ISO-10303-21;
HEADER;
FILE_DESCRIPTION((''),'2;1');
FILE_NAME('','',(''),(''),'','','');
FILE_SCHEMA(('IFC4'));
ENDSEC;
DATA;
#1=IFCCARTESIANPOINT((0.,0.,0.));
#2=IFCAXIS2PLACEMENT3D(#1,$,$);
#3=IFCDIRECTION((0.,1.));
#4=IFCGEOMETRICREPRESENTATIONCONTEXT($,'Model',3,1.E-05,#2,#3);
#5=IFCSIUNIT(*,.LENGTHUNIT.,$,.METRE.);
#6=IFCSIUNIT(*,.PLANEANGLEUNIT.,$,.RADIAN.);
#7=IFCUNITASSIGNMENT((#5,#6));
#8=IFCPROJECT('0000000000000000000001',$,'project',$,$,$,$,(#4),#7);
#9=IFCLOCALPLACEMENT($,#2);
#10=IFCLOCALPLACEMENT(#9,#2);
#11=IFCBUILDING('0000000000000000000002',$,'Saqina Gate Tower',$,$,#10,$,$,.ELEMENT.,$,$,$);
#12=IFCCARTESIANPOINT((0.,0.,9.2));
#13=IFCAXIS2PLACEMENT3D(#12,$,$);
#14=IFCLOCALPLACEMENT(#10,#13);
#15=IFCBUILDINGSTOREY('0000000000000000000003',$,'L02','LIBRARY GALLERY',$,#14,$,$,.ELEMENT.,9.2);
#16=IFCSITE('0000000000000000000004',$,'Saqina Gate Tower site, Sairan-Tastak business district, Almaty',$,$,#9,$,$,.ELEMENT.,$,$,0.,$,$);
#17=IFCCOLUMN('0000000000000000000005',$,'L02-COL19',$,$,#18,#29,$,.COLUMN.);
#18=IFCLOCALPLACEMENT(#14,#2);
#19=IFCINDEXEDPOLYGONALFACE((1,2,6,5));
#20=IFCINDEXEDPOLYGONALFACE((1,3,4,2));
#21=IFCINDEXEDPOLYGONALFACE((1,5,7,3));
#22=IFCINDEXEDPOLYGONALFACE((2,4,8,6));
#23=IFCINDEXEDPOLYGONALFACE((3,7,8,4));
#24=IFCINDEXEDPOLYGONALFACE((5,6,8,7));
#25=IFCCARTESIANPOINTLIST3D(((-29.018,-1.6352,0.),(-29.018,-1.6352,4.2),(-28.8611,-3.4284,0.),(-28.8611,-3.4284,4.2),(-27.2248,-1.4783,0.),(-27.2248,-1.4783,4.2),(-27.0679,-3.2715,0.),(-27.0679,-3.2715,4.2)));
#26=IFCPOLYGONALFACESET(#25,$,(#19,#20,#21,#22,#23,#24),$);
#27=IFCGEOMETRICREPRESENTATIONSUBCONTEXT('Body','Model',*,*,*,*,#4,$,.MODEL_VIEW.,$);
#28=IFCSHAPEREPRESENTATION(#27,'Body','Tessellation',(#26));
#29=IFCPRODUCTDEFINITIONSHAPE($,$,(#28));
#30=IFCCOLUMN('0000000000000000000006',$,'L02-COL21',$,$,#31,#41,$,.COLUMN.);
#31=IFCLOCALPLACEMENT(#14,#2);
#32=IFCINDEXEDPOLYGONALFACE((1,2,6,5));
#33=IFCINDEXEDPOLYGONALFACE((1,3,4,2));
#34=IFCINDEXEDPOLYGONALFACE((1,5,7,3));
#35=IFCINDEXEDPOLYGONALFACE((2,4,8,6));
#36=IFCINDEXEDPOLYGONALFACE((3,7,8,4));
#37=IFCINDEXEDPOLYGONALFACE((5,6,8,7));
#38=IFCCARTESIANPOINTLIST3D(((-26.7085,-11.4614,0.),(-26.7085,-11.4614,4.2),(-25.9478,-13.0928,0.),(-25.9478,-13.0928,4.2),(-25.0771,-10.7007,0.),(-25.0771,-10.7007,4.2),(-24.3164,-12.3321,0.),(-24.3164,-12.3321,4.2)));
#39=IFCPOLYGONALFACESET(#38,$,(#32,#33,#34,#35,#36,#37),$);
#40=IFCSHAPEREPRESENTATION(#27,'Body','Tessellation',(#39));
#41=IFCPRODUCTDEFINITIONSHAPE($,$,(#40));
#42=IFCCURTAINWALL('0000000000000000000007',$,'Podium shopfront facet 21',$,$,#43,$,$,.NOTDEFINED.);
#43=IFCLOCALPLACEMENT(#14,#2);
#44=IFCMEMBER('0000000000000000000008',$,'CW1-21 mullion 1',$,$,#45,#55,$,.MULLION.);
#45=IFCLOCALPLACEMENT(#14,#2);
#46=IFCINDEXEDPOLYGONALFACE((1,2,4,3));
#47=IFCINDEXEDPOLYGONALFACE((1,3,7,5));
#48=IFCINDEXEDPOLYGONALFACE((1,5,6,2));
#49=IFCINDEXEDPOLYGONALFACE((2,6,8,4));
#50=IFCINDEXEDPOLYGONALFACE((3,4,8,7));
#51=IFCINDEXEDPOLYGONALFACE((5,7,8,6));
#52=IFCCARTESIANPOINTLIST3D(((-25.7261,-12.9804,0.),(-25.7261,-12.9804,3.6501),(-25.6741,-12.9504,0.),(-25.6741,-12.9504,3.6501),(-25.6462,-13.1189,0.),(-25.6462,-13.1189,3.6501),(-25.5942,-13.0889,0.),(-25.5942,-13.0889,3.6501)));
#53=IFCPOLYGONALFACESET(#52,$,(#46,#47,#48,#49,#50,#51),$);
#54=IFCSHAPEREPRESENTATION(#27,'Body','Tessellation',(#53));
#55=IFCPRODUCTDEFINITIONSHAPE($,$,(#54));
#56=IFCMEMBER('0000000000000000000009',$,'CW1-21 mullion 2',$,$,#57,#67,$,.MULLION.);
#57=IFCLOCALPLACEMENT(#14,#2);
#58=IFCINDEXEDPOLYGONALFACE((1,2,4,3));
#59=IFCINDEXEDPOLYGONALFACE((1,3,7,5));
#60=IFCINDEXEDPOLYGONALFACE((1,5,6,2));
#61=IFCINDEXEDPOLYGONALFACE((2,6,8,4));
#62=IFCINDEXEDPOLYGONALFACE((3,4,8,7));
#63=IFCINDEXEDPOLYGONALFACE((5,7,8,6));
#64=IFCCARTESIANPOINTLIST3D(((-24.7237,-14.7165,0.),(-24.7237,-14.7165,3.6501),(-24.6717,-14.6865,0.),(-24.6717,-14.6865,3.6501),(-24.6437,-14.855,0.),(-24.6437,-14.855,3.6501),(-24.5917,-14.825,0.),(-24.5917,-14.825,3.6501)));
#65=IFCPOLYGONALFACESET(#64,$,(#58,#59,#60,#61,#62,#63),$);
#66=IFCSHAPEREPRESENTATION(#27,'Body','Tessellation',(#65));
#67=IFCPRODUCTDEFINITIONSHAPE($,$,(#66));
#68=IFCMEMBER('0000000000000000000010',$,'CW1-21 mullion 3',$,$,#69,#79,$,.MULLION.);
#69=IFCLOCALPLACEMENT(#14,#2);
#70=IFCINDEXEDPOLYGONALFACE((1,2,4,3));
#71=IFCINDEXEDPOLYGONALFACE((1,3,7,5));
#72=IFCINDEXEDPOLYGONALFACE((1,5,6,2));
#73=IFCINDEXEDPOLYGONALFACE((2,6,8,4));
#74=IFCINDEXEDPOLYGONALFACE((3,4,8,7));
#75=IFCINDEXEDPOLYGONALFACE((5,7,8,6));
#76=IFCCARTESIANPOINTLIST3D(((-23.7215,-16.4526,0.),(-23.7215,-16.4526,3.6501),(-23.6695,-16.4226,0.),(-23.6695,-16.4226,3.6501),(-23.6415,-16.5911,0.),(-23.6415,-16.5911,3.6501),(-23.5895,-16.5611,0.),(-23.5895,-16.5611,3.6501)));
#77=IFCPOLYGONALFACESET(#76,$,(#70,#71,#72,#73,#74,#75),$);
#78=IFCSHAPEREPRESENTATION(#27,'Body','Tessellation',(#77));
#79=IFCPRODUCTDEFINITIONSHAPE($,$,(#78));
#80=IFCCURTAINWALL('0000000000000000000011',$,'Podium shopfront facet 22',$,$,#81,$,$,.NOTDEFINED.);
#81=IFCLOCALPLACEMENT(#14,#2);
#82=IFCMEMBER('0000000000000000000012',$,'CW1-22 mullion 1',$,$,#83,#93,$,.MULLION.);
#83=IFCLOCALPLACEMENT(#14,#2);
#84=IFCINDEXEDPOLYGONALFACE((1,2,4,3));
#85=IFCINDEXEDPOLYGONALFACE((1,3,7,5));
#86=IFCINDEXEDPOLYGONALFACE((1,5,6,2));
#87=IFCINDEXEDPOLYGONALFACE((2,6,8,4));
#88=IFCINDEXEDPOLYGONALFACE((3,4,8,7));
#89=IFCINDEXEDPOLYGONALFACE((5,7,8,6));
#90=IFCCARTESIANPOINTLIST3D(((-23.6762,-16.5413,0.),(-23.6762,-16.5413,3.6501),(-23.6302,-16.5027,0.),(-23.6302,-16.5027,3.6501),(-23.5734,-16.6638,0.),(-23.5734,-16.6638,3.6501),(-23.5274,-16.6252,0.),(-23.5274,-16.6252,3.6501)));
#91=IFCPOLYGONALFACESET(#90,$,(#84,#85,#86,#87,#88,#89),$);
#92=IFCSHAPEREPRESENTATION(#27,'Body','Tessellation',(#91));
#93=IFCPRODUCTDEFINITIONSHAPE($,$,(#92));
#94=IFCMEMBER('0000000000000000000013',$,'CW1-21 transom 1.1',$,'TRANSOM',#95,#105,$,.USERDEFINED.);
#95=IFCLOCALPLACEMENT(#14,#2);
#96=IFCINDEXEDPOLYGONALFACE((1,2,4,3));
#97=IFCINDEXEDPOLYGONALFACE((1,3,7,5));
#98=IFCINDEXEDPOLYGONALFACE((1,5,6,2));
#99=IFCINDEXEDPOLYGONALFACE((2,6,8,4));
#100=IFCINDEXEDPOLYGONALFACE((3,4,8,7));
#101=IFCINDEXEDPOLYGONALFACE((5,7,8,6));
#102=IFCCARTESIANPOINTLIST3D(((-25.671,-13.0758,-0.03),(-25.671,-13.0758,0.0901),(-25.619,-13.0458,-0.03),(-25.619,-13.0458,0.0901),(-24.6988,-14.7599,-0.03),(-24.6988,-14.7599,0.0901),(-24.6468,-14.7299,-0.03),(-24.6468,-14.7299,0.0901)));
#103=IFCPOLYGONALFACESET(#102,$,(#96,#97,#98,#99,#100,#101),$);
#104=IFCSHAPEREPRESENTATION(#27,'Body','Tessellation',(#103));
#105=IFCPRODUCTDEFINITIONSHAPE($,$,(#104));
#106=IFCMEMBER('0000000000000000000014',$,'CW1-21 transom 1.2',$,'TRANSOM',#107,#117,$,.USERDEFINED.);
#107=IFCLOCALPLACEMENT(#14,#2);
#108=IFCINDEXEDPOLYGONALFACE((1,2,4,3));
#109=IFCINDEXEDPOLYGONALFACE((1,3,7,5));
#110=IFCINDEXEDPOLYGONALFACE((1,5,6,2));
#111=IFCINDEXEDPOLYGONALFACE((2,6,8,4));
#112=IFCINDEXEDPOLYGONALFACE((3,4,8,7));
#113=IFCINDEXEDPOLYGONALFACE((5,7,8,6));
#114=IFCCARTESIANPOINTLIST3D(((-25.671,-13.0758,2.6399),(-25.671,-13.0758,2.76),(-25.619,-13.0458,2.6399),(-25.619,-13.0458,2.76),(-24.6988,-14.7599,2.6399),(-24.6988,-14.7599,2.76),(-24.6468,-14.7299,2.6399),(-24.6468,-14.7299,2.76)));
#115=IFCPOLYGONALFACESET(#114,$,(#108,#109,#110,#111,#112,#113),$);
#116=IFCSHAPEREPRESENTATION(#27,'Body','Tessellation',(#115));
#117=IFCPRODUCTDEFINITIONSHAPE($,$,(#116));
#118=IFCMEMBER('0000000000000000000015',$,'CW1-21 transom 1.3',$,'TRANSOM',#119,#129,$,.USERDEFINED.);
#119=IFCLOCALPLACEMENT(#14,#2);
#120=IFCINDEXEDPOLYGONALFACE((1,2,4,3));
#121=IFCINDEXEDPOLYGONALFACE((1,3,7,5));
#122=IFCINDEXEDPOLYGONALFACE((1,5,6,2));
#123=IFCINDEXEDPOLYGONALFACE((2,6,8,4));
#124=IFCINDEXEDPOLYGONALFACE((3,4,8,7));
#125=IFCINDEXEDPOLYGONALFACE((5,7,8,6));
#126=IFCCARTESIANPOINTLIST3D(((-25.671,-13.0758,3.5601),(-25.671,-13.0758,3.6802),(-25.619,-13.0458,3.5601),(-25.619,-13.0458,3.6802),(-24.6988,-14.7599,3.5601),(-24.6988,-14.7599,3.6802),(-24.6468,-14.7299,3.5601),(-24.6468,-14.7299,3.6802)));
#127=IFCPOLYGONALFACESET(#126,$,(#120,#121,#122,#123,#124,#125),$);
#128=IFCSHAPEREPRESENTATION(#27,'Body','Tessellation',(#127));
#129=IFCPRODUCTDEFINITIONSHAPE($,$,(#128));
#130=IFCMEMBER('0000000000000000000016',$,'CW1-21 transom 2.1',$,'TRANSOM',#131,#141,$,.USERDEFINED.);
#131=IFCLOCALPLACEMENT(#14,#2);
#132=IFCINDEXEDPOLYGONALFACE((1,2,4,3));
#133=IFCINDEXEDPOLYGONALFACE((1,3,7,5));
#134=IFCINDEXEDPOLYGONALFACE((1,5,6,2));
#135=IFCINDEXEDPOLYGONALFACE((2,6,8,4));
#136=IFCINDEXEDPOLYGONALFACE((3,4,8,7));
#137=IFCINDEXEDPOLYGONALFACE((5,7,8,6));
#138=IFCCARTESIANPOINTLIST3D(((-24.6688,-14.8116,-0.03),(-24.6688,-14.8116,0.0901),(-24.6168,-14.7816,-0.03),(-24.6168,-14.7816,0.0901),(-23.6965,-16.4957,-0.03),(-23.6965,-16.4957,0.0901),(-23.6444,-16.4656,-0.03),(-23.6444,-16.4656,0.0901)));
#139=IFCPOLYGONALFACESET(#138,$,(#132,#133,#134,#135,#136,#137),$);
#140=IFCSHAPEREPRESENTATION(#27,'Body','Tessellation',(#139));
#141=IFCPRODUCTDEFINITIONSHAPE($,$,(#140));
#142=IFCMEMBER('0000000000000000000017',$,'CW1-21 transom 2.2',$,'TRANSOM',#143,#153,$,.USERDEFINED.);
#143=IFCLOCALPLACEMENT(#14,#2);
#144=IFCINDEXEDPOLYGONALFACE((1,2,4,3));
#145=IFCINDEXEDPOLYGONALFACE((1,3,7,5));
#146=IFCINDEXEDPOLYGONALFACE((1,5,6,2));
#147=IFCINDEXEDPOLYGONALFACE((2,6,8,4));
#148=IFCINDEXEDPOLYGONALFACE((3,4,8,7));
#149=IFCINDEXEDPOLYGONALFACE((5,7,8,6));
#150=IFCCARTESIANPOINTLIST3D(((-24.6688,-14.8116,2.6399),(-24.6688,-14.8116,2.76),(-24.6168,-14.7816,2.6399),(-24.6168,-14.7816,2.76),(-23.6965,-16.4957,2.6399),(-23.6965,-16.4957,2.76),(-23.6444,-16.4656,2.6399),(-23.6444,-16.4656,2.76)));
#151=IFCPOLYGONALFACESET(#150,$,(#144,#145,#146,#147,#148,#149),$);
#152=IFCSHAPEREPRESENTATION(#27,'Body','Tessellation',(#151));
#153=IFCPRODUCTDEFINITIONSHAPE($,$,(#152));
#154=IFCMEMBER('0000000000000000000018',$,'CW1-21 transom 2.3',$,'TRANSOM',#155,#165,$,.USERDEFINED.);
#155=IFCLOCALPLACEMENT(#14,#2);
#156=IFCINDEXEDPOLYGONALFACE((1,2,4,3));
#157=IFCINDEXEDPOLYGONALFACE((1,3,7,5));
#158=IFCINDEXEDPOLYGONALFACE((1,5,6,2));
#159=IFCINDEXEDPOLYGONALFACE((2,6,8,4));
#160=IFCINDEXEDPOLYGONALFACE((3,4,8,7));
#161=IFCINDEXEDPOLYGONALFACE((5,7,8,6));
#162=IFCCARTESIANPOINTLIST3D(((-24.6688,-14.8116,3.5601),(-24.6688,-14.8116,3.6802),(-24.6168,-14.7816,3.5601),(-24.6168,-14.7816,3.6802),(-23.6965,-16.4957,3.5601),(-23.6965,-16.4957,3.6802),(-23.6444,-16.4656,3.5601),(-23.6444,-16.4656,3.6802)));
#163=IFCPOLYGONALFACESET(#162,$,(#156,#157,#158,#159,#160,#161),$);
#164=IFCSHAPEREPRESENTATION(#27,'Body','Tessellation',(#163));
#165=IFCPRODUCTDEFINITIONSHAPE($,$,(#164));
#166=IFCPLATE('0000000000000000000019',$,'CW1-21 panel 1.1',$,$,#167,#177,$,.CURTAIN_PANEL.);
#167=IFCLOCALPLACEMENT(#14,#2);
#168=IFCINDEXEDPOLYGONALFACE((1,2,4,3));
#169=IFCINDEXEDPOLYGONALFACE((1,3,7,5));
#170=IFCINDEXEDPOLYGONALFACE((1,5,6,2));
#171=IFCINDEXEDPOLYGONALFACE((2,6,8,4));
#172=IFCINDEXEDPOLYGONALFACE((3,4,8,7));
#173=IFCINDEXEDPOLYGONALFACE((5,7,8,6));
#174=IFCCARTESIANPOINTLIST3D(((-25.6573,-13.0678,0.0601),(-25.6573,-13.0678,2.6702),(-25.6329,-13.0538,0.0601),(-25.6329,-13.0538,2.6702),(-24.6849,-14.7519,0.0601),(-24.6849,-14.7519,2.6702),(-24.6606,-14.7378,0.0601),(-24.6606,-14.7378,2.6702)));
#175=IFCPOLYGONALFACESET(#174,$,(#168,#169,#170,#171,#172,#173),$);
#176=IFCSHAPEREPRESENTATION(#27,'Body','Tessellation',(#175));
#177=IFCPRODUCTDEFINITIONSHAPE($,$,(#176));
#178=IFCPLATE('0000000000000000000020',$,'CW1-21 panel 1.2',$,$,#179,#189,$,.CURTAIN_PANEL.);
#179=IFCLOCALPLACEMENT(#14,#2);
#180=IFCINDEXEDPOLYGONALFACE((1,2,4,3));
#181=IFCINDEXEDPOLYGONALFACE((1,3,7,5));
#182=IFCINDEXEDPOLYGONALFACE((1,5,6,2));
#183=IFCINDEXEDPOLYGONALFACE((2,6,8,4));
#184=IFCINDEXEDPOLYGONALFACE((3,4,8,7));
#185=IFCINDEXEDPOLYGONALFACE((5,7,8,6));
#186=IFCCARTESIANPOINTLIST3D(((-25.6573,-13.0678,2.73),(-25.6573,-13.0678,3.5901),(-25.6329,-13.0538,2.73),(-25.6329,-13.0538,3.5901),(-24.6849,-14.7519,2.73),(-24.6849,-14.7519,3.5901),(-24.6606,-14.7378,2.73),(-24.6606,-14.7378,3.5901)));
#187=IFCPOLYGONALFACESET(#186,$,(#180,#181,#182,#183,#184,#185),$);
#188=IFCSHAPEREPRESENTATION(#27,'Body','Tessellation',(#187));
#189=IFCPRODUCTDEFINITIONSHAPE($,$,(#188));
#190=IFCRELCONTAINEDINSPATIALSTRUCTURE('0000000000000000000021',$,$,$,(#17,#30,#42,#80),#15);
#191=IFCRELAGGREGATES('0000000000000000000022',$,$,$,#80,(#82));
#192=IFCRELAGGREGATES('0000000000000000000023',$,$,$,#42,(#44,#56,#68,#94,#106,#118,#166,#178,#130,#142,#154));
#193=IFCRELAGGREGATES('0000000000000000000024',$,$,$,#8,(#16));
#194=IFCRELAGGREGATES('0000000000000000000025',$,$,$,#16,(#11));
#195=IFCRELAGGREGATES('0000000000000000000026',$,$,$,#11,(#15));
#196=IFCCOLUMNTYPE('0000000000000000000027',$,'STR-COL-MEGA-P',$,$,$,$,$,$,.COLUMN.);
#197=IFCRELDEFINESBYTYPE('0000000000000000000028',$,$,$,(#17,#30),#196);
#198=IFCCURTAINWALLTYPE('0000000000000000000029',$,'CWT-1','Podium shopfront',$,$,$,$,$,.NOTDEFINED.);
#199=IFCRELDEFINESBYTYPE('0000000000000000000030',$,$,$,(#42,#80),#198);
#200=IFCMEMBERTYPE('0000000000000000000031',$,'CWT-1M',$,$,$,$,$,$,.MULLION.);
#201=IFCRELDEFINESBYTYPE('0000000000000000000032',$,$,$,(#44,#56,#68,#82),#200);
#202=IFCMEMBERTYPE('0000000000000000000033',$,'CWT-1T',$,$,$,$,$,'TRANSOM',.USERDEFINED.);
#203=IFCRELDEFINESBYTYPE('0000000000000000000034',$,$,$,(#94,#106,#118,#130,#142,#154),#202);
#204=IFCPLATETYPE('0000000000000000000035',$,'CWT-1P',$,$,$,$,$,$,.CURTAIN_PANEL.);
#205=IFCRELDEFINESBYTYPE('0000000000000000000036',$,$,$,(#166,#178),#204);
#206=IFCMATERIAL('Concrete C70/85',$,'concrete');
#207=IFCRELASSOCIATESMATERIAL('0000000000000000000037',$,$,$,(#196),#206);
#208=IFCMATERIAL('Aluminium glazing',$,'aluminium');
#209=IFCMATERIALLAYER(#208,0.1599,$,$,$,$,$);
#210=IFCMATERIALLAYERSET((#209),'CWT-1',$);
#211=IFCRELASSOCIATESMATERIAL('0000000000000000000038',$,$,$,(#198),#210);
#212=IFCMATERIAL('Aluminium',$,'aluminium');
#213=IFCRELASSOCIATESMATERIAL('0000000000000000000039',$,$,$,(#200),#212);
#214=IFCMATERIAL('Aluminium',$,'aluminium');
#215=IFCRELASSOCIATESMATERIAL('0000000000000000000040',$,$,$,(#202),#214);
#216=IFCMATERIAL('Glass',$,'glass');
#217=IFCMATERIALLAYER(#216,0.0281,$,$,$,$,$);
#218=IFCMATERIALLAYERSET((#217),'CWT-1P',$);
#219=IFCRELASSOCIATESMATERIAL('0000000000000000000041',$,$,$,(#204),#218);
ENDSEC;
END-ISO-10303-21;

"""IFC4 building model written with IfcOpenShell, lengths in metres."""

from ifc_helpers import new_model, si_unit, direction, frame, origin, origin_2d, place, context, subcontext, project, spatial, rectangle, extrude, material, layer, layer_set, material_profile, profile_set, type_object, element, aggregate, save


model = new_model("IFC4")

# Units and contexts
model_context = context("Model", 3, precision=1e-05, world=origin(), true_north=direction((0.0, 1.0)))
body_context = subcontext(model_context, "Body", "Model", "MODEL_VIEW")
ifc_project = project(units=[si_unit("LENGTHUNIT", "METRE"), si_unit("PLANEANGLEUNIT", "RADIAN")], contexts=[model_context])

# Site, building, storey
site_placement = place(None, origin())
site = spatial("IfcSite", under=ifc_project, at=site_placement, Name="Saqina Gate Tower site, Sairan-Tastak business district, Almaty", CompositionType="ELEMENT", RefElevation=0.0)
building_placement = place(site_placement, origin())
building = spatial("IfcBuilding", under=site, at=building_placement, Name="Saqina Gate Tower", CompositionType="ELEMENT")
storey_placement = place(building_placement, frame((0.0, 0.0, 9.2)))
storey = spatial("IfcBuildingStorey", under=building, at=storey_placement, Name="L02", Description="LIBRARY GALLERY", CompositionType="ELEMENT", Elevation=9.2)

# Columns
ifc_material_1 = material(Name="Concrete C70/85", Category="concrete")
ifc_material_profile_1 = material_profile(ifc_material_1, rectangle(XDim=1.8, YDim=1.8, at=origin_2d()), Name="RC 1800x1800")
ifc_profile_set_1 = profile_set([ifc_material_profile_1], Name="Concrete C70/85")
column_type = type_object("IfcColumnType", Name="STR-COL-MEGA-P", PredefinedType="COLUMN", material=ifc_profile_set_1)
for number, where, z_axis, x_axis, name in (
    (1, (-28.043, -2.4534, 0.0), (0.0, 0.0, 1.0), (-0.996195, -0.087156, 0.0), "L02-COL19"),
    (2, (-25.5125, -11.8967, 0.0), (0.0, 0.0, 1.0), (-0.906308, -0.422618, 0.0), "L02-COL21"),
):
    element("IfcColumn", number, at=place(storey_placement, frame(where, z_axis=z_axis, x_axis=x_axis)), inside=storey, type_object=column_type, Name=name, PredefinedType="COLUMN", context=body_context, shape_type="SweptSolid", body=[
        extrude(rectangle(XDim=1.8, YDim=1.8, at=origin_2d()), origin(), (0.0, 0.0, 1.0), 4.2),
    ])

# Curtain wall, members
ifc_material_2 = material(Name="Aluminium glazing", Category="aluminium")
ifc_layer_1 = layer(ifc_material_2, 0.1599)
ifc_layer_set_1 = layer_set([ifc_layer_1], Name="CWT-1")
curtain_wall_type = type_object("IfcCurtainWallType", Name="CWT-1", Description="Podium shopfront", PredefinedType="NOTDEFINED", material=ifc_layer_set_1)
curtain_wall_1_placement = place(storey_placement, origin())
curtain_wall_1 = element("IfcCurtainWall", 3, at=curtain_wall_1_placement, inside=storey, type_object=curtain_wall_type, Name="Podium shopfront facet 21", PredefinedType="NOTDEFINED")
ifc_material_3 = material(Name="Aluminium", Category="aluminium")
ifc_material_profile_2 = material_profile(ifc_material_3, rectangle(XDim=0.0601, YDim=0.1599, at=origin_2d()), Name="Aluminium 60x160")
ifc_profile_set_2 = profile_set([ifc_material_profile_2], Name="Aluminium")
member_type_1 = type_object("IfcMemberType", Name="CWT-1M", PredefinedType="MULLION", material=ifc_profile_set_2)
member_1_placement = place(storey_placement, frame((-25.6602, -13.0347, 0.0), z_axis=(0.0, 0.0, 1.0), x_axis=(0.866017, 0.500014, 0.0)))
member_1 = element("IfcMember", 4, at=member_1_placement, type_object=member_type_1, Name="CW1-21 mullion 1", PredefinedType="MULLION", context=body_context, shape_type="SweptSolid", body=[
    extrude(rectangle(XDim=0.0601, YDim=0.1599, at=origin_2d()), origin(), (0.0, 0.0, 1.0), 3.6501),
])
member_2_placement = place(storey_placement, frame((-24.6577, -14.7708, 0.0), z_axis=(0.0, 0.0, 1.0), x_axis=(0.866017, 0.500014, 0.0)))
member_2 = element("IfcMember", 5, at=member_2_placement, type_object=member_type_1, Name="CW1-21 mullion 2", PredefinedType="MULLION", context=body_context, shape_type="SweptSolid", body=[
    extrude(rectangle(XDim=0.0601, YDim=0.1599, at=origin_2d()), origin(), (0.0, 0.0, 1.0), 3.6501),
])
member_3_placement = place(storey_placement, frame((-23.6555, -16.5068, 0.0), z_axis=(0.0, 0.0, 1.0), x_axis=(0.866017, 0.500014, 0.0)))
member_3 = element("IfcMember", 6, at=member_3_placement, type_object=member_type_1, Name="CW1-21 mullion 3", PredefinedType="MULLION", context=body_context, shape_type="SweptSolid", body=[
    extrude(rectangle(XDim=0.0601, YDim=0.1599, at=origin_2d()), origin(), (0.0, 0.0, 1.0), 3.6501),
])

# Curtain wall, member
curtain_wall_2_placement = place(storey_placement, origin())
curtain_wall_2 = element("IfcCurtainWall", 7, at=curtain_wall_2_placement, inside=storey, type_object=curtain_wall_type, Name="Podium shopfront facet 22", PredefinedType="NOTDEFINED")
member_4_placement = place(storey_placement, frame((-23.6018, -16.5833, 0.0), z_axis=(0.0, 0.0, 1.0), x_axis=(0.766051, 0.642779, 0.0)))
member_4 = element("IfcMember", 8, at=member_4_placement, type_object=member_type_1, Name="CW1-22 mullion 1", PredefinedType="MULLION", context=body_context, shape_type="SweptSolid", body=[
    extrude(rectangle(XDim=0.0601, YDim=0.1599, at=origin_2d()), origin(), (0.0, 0.0, 1.0), 3.6501),
])
aggregate(curtain_wall_2, [member_4])

# Members
ifc_material_4 = material(Name="Aluminium", Category="aluminium")
ifc_material_profile_3 = material_profile(ifc_material_4, rectangle(XDim=0.0601, YDim=0.1201, at=origin_2d()), Name="Aluminium 60x120")
ifc_profile_set_3 = profile_set([ifc_material_profile_3], Name="Aluminium")
member_type_2 = type_object("IfcMemberType", Name="CWT-1T", ElementType="TRANSOM", PredefinedType="USERDEFINED", material=ifc_profile_set_3)
member_5_placement = place(storey_placement, frame((-25.645, -13.0608, 0.03), z_axis=(0.499947, -0.866056, 0.0), x_axis=(0.866056, 0.499947, 0.0)))
member_5 = element("IfcMember", 9, at=member_5_placement, type_object=member_type_2, Name="CW1-21 transom 1.1", ObjectType="TRANSOM", PredefinedType="USERDEFINED", context=body_context, shape_type="SweptSolid", body=[
    extrude(rectangle(XDim=0.0601, YDim=0.1201, at=origin_2d()), origin(), (0.0, 0.0, 1.0), 1.9446),
])
member_6_placement = place(storey_placement, frame((-25.645, -13.0608, 2.7), z_axis=(0.499947, -0.866056, 0.0), x_axis=(0.866056, 0.499947, 0.0)))
member_6 = element("IfcMember", 10, at=member_6_placement, type_object=member_type_2, Name="CW1-21 transom 1.2", ObjectType="TRANSOM", PredefinedType="USERDEFINED", context=body_context, shape_type="SweptSolid", body=[
    extrude(rectangle(XDim=0.0601, YDim=0.1201, at=origin_2d()), origin(), (0.0, 0.0, 1.0), 1.9446),
])
member_7_placement = place(storey_placement, frame((-25.645, -13.0608, 3.6201), z_axis=(0.499947, -0.866056, 0.0), x_axis=(0.866056, 0.499947, 0.0)))
member_7 = element("IfcMember", 11, at=member_7_placement, type_object=member_type_2, Name="CW1-21 transom 1.3", ObjectType="TRANSOM", PredefinedType="USERDEFINED", context=body_context, shape_type="SweptSolid", body=[
    extrude(rectangle(XDim=0.0601, YDim=0.1201, at=origin_2d()), origin(), (0.0, 0.0, 1.0), 1.9446),
])
member_8_placement = place(storey_placement, frame((-24.6428, -14.7966, 0.03), z_axis=(0.500041, -0.866002, 0.0), x_axis=(0.866002, 0.500041, 0.0)))
member_8 = element("IfcMember", 12, at=member_8_placement, type_object=member_type_2, Name="CW1-21 transom 2.1", ObjectType="TRANSOM", PredefinedType="USERDEFINED", context=body_context, shape_type="SweptSolid", body=[
    extrude(rectangle(XDim=0.0601, YDim=0.1201, at=origin_2d()), origin(), (0.0, 0.0, 1.0), 1.9446),
])
member_9_placement = place(storey_placement, frame((-24.6428, -14.7966, 2.7), z_axis=(0.500041, -0.866002, 0.0), x_axis=(0.866002, 0.500041, 0.0)))
member_9 = element("IfcMember", 13, at=member_9_placement, type_object=member_type_2, Name="CW1-21 transom 2.2", ObjectType="TRANSOM", PredefinedType="USERDEFINED", context=body_context, shape_type="SweptSolid", body=[
    extrude(rectangle(XDim=0.0601, YDim=0.1201, at=origin_2d()), origin(), (0.0, 0.0, 1.0), 1.9446),
])
member_10_placement = place(storey_placement, frame((-24.6428, -14.7966, 3.6201), z_axis=(0.500041, -0.866002, 0.0), x_axis=(0.866002, 0.500041, 0.0)))
member_10 = element("IfcMember", 14, at=member_10_placement, type_object=member_type_2, Name="CW1-21 transom 2.3", ObjectType="TRANSOM", PredefinedType="USERDEFINED", context=body_context, shape_type="SweptSolid", body=[
    extrude(rectangle(XDim=0.0601, YDim=0.1201, at=origin_2d()), origin(), (0.0, 0.0, 1.0), 1.9446),
])

# Plates
ifc_material_5 = material(Name="Glass", Category="glass")
ifc_layer_2 = layer(ifc_material_5, 0.0281)
ifc_layer_set_2 = layer_set([ifc_layer_2], Name="CWT-1P")
plate_type = type_object("IfcPlateType", Name="CWT-1P", PredefinedType="CURTAIN_PANEL", material=ifc_layer_set_2)
plate_1_placement = place(storey_placement, frame((-25.1589, -13.9028, 0.0601), z_axis=(0.0, 0.0, 1.0), x_axis=(0.500014, -0.866017, 0.0)))
plate_1 = element("IfcPlate", 15, at=plate_1_placement, type_object=plate_type, Name="CW1-21 panel 1.1", PredefinedType="CURTAIN_PANEL", context=body_context, shape_type="SweptSolid", body=[
    extrude(rectangle(XDim=1.9446, YDim=0.0281, at=origin_2d()), origin(), (0.0, 0.0, 1.0), 2.6101),
])
plate_2_placement = place(storey_placement, frame((-25.1589, -13.9028, 2.73), z_axis=(0.0, 0.0, 1.0), x_axis=(0.500014, -0.866017, 0.0)))
plate_2 = element("IfcPlate", 16, at=plate_2_placement, type_object=plate_type, Name="CW1-21 panel 1.2", PredefinedType="CURTAIN_PANEL", context=body_context, shape_type="SweptSolid", body=[
    extrude(rectangle(XDim=1.9446, YDim=0.0281, at=origin_2d()), origin(), (0.0, 0.0, 1.0), 0.8601),
])
aggregate(curtain_wall_1, [member_1, member_2, member_3, member_5, member_6, member_7, plate_1, plate_2, member_8, member_9, member_10])

save(model, "model.ifc")
